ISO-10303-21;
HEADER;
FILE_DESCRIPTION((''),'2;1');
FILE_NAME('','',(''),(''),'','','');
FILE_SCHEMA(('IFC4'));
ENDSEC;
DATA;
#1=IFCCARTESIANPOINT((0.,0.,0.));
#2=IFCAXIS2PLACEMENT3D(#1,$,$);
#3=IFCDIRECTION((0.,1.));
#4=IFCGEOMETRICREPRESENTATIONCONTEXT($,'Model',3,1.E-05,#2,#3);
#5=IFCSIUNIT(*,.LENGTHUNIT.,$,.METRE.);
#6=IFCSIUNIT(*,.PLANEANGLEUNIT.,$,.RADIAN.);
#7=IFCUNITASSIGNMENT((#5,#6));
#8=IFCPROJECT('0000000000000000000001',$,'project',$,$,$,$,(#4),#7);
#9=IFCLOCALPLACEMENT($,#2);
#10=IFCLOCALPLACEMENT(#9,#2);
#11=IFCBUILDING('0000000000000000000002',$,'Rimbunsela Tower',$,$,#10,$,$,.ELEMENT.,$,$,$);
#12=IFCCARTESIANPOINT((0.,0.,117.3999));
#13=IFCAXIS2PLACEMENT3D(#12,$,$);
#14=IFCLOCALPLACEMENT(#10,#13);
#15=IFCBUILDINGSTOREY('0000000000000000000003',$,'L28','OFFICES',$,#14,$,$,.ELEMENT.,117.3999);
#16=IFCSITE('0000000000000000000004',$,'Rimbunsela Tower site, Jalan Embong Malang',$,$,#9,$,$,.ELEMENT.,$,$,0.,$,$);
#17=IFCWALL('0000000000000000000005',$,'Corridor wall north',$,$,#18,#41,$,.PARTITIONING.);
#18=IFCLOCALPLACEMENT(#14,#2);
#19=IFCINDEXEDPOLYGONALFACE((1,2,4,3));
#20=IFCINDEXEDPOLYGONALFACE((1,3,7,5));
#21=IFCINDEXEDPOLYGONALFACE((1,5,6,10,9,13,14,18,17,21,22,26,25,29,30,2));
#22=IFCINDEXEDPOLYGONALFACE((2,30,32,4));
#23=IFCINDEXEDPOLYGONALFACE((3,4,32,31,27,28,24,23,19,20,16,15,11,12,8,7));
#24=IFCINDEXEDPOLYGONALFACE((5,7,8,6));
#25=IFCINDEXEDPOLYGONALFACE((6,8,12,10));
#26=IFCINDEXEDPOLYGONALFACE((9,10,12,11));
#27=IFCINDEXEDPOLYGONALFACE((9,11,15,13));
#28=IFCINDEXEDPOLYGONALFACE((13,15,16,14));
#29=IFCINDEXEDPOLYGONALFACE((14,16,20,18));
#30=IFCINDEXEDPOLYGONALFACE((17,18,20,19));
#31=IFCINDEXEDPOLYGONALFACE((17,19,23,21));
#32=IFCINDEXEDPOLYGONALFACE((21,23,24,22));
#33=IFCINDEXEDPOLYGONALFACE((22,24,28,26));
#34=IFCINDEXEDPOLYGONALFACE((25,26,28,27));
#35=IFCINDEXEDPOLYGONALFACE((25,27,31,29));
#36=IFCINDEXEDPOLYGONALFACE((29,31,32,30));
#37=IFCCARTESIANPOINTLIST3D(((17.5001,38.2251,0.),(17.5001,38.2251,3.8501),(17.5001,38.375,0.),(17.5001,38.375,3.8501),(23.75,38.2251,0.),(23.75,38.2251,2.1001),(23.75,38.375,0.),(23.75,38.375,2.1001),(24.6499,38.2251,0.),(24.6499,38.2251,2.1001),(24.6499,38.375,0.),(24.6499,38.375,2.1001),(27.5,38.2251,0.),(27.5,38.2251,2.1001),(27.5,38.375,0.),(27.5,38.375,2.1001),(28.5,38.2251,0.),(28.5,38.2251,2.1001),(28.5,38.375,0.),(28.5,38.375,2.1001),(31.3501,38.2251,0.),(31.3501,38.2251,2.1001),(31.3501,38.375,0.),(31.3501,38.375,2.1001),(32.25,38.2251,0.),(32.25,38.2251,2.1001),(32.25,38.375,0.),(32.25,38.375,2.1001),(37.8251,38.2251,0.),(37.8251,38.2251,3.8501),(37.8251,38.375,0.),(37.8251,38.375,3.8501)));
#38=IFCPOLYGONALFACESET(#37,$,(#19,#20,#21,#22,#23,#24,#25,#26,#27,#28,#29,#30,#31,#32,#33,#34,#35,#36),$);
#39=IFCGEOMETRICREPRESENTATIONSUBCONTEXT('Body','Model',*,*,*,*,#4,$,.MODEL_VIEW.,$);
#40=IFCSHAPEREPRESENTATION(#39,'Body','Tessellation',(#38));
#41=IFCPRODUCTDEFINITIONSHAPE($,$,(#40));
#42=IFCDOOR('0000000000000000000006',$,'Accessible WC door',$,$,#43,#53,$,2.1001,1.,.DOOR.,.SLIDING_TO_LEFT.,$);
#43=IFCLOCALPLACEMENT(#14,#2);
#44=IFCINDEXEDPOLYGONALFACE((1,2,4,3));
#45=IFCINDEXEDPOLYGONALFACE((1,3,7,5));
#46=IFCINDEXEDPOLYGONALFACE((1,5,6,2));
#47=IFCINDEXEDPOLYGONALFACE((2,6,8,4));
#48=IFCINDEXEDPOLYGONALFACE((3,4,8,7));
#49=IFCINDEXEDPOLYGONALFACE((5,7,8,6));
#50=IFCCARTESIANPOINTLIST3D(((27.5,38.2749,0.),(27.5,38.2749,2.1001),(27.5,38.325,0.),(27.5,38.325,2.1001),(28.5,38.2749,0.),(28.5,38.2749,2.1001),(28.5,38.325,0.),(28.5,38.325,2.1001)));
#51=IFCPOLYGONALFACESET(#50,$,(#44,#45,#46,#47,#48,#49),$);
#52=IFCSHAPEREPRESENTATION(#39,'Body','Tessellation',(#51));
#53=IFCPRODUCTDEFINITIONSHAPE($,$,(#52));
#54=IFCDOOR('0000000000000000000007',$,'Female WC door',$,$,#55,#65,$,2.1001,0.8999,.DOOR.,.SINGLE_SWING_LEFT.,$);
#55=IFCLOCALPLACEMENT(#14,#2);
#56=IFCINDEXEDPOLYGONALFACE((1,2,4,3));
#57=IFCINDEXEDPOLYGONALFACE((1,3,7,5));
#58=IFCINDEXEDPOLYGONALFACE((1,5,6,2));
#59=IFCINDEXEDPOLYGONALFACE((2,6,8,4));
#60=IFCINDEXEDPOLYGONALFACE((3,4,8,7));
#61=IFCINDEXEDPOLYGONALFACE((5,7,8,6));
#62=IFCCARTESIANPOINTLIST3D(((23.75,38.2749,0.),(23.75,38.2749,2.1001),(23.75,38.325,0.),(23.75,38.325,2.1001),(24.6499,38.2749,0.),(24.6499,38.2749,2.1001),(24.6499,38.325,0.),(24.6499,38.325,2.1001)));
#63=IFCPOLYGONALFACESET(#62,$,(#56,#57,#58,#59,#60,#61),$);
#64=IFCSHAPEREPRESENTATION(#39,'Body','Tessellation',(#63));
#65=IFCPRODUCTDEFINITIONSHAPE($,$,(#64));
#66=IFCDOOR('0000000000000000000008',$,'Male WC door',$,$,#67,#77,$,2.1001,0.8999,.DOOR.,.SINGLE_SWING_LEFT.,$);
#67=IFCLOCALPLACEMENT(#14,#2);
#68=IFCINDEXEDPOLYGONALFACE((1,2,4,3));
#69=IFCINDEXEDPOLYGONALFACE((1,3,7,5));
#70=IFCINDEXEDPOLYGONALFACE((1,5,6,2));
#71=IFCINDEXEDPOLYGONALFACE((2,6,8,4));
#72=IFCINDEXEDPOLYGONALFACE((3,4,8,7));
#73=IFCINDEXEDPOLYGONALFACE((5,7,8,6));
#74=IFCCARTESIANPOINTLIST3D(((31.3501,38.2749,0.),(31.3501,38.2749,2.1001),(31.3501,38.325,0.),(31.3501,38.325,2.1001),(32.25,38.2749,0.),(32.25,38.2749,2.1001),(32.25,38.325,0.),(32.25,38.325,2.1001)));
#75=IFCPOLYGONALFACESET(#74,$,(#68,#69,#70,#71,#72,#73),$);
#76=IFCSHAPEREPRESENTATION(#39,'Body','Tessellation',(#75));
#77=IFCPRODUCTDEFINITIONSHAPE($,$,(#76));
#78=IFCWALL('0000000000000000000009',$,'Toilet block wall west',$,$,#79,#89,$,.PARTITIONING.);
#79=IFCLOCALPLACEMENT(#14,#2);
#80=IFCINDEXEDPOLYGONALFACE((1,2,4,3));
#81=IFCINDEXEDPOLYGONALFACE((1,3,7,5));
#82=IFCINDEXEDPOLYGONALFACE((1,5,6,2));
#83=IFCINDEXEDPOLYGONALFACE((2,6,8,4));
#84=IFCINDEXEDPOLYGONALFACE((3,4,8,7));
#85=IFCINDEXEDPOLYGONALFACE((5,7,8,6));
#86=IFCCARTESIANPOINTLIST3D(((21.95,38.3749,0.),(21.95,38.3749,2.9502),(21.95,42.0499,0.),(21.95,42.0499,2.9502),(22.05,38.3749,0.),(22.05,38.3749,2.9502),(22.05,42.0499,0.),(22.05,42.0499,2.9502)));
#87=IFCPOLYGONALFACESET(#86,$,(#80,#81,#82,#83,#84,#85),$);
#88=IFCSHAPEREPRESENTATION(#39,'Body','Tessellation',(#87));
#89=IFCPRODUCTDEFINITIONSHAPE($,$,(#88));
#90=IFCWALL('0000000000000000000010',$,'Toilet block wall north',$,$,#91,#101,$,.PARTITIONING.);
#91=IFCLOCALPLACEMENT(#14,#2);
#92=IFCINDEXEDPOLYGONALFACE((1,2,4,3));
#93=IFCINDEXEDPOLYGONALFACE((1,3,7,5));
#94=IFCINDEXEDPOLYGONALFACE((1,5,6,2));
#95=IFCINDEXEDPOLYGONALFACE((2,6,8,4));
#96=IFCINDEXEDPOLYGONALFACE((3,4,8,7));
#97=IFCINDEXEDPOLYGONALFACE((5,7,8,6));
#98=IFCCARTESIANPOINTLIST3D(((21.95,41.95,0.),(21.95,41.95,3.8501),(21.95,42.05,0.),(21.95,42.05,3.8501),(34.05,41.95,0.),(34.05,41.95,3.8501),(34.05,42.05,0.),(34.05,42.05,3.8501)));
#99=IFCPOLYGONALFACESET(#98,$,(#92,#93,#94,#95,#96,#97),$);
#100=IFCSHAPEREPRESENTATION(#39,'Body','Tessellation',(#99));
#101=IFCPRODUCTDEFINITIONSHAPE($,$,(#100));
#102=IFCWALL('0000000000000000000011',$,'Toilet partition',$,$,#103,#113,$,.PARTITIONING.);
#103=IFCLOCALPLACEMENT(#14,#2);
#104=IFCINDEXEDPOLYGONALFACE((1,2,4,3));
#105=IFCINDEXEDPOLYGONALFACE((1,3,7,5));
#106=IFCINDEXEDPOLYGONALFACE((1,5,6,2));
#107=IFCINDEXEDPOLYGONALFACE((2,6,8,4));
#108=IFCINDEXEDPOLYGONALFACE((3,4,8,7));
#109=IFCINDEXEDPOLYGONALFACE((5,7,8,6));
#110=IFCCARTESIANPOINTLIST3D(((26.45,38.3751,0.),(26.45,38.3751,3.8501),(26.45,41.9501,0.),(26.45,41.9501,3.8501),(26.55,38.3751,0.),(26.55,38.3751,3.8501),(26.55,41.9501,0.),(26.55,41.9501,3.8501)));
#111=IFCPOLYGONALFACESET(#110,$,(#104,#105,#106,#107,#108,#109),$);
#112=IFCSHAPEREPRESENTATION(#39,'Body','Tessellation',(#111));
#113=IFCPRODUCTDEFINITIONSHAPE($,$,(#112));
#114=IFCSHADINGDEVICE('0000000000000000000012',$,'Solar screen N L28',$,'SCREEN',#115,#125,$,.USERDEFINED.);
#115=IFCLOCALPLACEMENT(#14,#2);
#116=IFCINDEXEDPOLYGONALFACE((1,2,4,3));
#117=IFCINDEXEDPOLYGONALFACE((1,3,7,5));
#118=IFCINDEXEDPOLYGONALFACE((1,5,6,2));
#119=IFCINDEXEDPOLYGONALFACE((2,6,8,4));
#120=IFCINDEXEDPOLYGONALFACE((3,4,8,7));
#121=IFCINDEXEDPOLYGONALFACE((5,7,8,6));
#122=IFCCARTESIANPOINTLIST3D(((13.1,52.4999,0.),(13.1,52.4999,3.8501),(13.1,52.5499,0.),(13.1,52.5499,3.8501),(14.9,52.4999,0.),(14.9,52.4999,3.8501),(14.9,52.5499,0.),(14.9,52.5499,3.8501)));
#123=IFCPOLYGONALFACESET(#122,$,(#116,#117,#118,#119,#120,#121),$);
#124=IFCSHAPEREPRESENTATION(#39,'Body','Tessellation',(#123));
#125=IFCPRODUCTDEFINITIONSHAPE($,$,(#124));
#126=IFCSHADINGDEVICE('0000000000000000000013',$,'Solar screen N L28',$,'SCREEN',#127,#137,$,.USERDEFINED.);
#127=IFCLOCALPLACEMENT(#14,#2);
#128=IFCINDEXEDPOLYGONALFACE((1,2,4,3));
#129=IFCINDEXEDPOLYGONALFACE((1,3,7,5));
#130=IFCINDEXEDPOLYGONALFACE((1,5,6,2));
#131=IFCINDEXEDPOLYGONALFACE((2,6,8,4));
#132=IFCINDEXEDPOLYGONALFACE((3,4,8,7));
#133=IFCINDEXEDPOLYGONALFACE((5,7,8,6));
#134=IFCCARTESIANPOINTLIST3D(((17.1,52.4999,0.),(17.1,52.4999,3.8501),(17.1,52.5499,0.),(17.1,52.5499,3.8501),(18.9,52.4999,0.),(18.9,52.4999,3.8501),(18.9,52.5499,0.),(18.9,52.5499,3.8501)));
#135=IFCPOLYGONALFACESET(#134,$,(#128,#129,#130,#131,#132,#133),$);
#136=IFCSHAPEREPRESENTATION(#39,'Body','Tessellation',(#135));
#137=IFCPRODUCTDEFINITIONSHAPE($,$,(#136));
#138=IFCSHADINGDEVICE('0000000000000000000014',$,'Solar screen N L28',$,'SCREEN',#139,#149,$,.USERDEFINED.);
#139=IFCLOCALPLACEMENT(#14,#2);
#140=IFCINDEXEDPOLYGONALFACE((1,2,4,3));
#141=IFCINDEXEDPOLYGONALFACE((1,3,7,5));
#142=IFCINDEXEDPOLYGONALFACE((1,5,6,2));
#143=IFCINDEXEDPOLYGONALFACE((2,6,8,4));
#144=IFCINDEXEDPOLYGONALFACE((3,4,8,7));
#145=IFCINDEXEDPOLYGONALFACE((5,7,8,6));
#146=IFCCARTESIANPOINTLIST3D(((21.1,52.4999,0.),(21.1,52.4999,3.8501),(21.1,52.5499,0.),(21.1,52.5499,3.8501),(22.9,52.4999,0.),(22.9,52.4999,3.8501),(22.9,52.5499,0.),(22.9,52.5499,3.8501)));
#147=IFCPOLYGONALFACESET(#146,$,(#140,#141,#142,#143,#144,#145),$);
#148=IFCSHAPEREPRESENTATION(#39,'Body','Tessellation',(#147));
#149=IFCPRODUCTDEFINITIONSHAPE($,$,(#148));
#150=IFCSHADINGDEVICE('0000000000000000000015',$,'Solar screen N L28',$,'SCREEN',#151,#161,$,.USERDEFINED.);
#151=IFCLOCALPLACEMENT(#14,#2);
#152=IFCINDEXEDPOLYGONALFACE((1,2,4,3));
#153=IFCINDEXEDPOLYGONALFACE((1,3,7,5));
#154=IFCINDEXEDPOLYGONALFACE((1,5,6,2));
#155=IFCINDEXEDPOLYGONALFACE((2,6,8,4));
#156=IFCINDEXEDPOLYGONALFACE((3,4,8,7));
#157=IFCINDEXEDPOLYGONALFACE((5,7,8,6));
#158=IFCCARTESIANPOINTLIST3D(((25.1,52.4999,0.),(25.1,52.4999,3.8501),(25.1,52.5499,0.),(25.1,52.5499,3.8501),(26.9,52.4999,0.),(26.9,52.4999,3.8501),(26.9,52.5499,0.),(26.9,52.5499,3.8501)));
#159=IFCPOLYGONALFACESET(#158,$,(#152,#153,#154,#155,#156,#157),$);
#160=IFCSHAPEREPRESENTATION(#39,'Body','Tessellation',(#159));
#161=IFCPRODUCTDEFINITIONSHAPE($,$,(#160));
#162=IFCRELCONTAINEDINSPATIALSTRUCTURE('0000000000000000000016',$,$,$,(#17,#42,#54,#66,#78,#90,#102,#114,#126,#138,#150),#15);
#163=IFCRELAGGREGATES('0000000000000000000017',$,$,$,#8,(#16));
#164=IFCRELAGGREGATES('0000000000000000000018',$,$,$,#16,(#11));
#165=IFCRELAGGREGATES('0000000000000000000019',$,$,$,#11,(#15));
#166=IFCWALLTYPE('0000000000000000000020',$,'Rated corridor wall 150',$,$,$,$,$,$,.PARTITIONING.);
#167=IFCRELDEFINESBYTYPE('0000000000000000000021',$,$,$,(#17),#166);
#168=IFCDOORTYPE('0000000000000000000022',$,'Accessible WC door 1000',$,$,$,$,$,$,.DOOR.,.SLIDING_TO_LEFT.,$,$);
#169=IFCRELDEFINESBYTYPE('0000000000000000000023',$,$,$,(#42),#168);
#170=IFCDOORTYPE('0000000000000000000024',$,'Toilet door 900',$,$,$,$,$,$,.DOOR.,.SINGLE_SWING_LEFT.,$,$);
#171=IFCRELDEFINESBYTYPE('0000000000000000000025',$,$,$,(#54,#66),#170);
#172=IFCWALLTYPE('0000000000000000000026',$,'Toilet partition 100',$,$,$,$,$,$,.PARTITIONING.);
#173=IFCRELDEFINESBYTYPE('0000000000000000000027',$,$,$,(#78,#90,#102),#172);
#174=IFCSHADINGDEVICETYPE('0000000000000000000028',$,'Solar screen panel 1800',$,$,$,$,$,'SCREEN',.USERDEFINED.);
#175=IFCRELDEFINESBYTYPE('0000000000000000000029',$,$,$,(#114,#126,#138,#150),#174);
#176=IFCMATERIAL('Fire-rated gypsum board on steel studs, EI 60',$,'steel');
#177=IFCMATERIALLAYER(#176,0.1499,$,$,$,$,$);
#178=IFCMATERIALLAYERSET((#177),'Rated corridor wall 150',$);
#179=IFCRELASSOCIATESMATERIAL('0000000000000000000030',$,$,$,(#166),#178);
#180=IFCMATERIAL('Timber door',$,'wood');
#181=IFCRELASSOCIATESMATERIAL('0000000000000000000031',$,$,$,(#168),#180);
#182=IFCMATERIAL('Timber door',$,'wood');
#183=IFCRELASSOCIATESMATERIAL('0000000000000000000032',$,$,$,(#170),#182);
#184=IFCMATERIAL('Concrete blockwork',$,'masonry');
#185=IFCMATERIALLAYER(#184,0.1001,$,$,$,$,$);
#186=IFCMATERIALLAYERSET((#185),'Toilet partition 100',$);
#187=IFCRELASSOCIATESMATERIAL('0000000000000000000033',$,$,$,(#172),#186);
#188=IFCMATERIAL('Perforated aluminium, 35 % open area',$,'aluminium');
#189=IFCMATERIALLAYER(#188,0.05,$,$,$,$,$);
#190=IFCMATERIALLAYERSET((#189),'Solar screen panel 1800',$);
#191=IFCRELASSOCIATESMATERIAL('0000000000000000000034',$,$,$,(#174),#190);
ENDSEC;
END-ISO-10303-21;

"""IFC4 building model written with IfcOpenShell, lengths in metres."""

from ifc_helpers import new_model, si_unit, direction, frame, frame_2d, origin, origin_2d, place, context, subcontext, project, spatial, rectangle, extrude, material, layer, layer_set, type_object, element, fill, save


model = new_model("IFC4")

# Units and contexts
model_context = context("Model", 3, precision=1e-05, world=origin(), true_north=direction((0.0, 1.0)))
body_context = subcontext(model_context, "Body", "Model", "MODEL_VIEW")
ifc_project = project(units=[si_unit("LENGTHUNIT", "METRE"), si_unit("PLANEANGLEUNIT", "RADIAN")], contexts=[model_context])

# Site, building, storey
site_placement = place(None, origin())
site = spatial("IfcSite", under=ifc_project, at=site_placement, Name="Rimbunsela Tower site, Jalan Embong Malang", CompositionType="ELEMENT", RefElevation=0.0)
building_placement = place(site_placement, origin())
building = spatial("IfcBuilding", under=site, at=building_placement, Name="Rimbunsela Tower", CompositionType="ELEMENT")
storey_placement = place(building_placement, frame((0.0, 0.0, 117.3999)))
storey = spatial("IfcBuildingStorey", under=building, at=storey_placement, Name="L28", Description="OFFICES", CompositionType="ELEMENT", Elevation=117.3999)

# Wall, openings, doors
ifc_material_1 = material(Name="Fire-rated gypsum board on steel studs, EI 60", Category="steel")
ifc_layer_1 = layer(ifc_material_1, 0.1499)
ifc_layer_set_1 = layer_set([ifc_layer_1], Name="Rated corridor wall 150")
wall_type_1 = type_object("IfcWallType", Name="Rated corridor wall 150", PredefinedType="PARTITIONING", material=ifc_layer_set_1)
wall_1_placement = place(storey_placement, frame((17.5, 38.3, 0.0), z_axis=(0.0, 0.0, 1.0), x_axis=(1.0, 0.0, 0.0)))
wall_1 = element("IfcWall", 1, at=wall_1_placement, inside=storey, type_object=wall_type_1, Name="Corridor wall north", PredefinedType="PARTITIONING", context=body_context, shape_type="SweptSolid", body=[
    extrude(rectangle(XDim=20.325, YDim=0.1499, at=frame_2d((10.1626, 0.0))), origin(), (0.0, 0.0, 1.0), 3.8501),
])
opening_1_placement = place(wall_1_placement, frame((6.25, 0.0, 0.0)))
opening_1 = element("IfcOpeningElement", 2, at=opening_1_placement, cuts=wall_1, PredefinedType="OPENING", context=body_context, shape_type="SweptSolid", body=[
    extrude(rectangle(XDim=0.8999, YDim=2.1001, at=frame_2d((0.45, 1.05))), frame((0.0, 0.085, 0.0), z_axis=(0.0, -1.0, 0.0), x_axis=(1.0, 0.0, 0.0)), (0.0, 0.0, 1.0), 0.1699),
])
opening_2_placement = place(wall_1_placement, frame((10.0, 0.0, 0.0)))
opening_2 = element("IfcOpeningElement", 3, at=opening_2_placement, cuts=wall_1, PredefinedType="OPENING", context=body_context, shape_type="SweptSolid", body=[
    extrude(rectangle(XDim=1.0, YDim=2.1001, at=frame_2d((0.5, 1.05))), frame((0.0, 0.085, 0.0), z_axis=(0.0, -1.0, 0.0), x_axis=(1.0, 0.0, 0.0)), (0.0, 0.0, 1.0), 0.1699),
])
opening_3_placement = place(wall_1_placement, frame((13.8501, 0.0, 0.0)))
opening_3 = element("IfcOpeningElement", 4, at=opening_3_placement, cuts=wall_1, PredefinedType="OPENING", context=body_context, shape_type="SweptSolid", body=[
    extrude(rectangle(XDim=0.8999, YDim=2.1001, at=frame_2d((0.45, 1.05))), frame((0.0, 0.085, 0.0), z_axis=(0.0, -1.0, 0.0), x_axis=(1.0, 0.0, 0.0)), (0.0, 0.0, 1.0), 0.1699),
])
ifc_material_2 = material(Name="Timber door", Category="wood")
door_type_1 = type_object("IfcDoorType", Name="Accessible WC door 1000", OperationType="SLIDING_TO_LEFT", PredefinedType="DOOR", material=ifc_material_2)
door_1_placement = place(opening_2_placement, origin())
door_1 = element("IfcDoor", 5, at=door_1_placement, inside=storey, type_object=door_type_1, Name="Accessible WC door", OperationType="SLIDING_TO_LEFT", OverallHeight=2.1001, OverallWidth=1.0, PredefinedType="DOOR", context=body_context, shape_type="SweptSolid", body=[
    extrude(rectangle(XDim=1.0, YDim=2.1001, at=frame_2d((0.5, 1.05))), frame((0.0, 0.0249, 0.0), z_axis=(0.0, -1.0, 0.0), x_axis=(1.0, 0.0, 0.0)), (0.0, 0.0, 1.0), 0.05),
])
fill(opening_2, door_1)
ifc_material_3 = material(Name="Timber door", Category="wood")
door_type_2 = type_object("IfcDoorType", Name="Toilet door 900", OperationType="SINGLE_SWING_LEFT", PredefinedType="DOOR", material=ifc_material_3)
door_2_placement = place(opening_1_placement, origin())
door_2 = element("IfcDoor", 6, at=door_2_placement, inside=storey, type_object=door_type_2, Name="Female WC door", OperationType="SINGLE_SWING_LEFT", OverallHeight=2.1001, OverallWidth=0.8999, PredefinedType="DOOR", context=body_context, shape_type="SweptSolid", body=[
    extrude(rectangle(XDim=0.8999, YDim=2.1001, at=frame_2d((0.45, 1.05))), frame((0.0, 0.0249, 0.0), z_axis=(0.0, -1.0, 0.0), x_axis=(1.0, 0.0, 0.0)), (0.0, 0.0, 1.0), 0.05),
])
fill(opening_1, door_2)
door_3_placement = place(opening_3_placement, origin())
door_3 = element("IfcDoor", 7, at=door_3_placement, inside=storey, type_object=door_type_2, Name="Male WC door", OperationType="SINGLE_SWING_LEFT", OverallHeight=2.1001, OverallWidth=0.8999, PredefinedType="DOOR", context=body_context, shape_type="SweptSolid", body=[
    extrude(rectangle(XDim=0.8999, YDim=2.1001, at=frame_2d((0.45, 1.05))), frame((0.0, 0.0249, 0.0), z_axis=(0.0, -1.0, 0.0), x_axis=(1.0, 0.0, 0.0)), (0.0, 0.0, 1.0), 0.05),
])
fill(opening_3, door_3)

# Walls
ifc_material_4 = material(Name="Concrete blockwork", Category="masonry")
ifc_layer_2 = layer(ifc_material_4, 0.1001)
ifc_layer_set_2 = layer_set([ifc_layer_2], Name="Toilet partition 100")
wall_type_2 = type_object("IfcWallType", Name="Toilet partition 100", PredefinedType="PARTITIONING", material=ifc_layer_set_2)
wall_2_placement = place(storey_placement, frame((22.0, 38.375, 0.0), z_axis=(0.0, 0.0, 1.0), x_axis=(0.0, 1.0, 0.0)))
element("IfcWall", 8, at=wall_2_placement, inside=storey, type_object=wall_type_2, Name="Toilet block wall west", PredefinedType="PARTITIONING", context=body_context, shape_type="SweptSolid", body=[
    extrude(rectangle(XDim=3.675, YDim=0.1001, at=frame_2d((1.8374, 0.0))), origin(), (0.0, 0.0, 1.0), 2.9502),
])
wall_3_placement = place(storey_placement, frame((21.95, 42.0, 0.0), z_axis=(0.0, 0.0, 1.0), x_axis=(1.0, 0.0, 0.0)))
element("IfcWall", 9, at=wall_3_placement, inside=storey, type_object=wall_type_2, Name="Toilet block wall north", PredefinedType="PARTITIONING", context=body_context, shape_type="SweptSolid", body=[
    extrude(rectangle(XDim=12.1001, YDim=0.1001, at=frame_2d((6.05, 0.0))), origin(), (0.0, 0.0, 1.0), 3.8501),
])
wall_4_placement = place(storey_placement, frame((26.5, 38.375, 0.0), z_axis=(0.0, 0.0, 1.0), x_axis=(0.0, 1.0, 0.0)))
element("IfcWall", 10, at=wall_4_placement, inside=storey, type_object=wall_type_2, Name="Toilet partition", PredefinedType="PARTITIONING", context=body_context, shape_type="SweptSolid", body=[
    extrude(rectangle(XDim=3.575, YDim=0.1001, at=frame_2d((1.7876, 0.0))), origin(), (0.0, 0.0, 1.0), 3.8501),
])

# Shading devices
ifc_material_5 = material(Name="Perforated aluminium, 35 % open area", Category="aluminium")
ifc_layer_3 = layer(ifc_material_5, 0.05)
ifc_layer_set_3 = layer_set([ifc_layer_3], Name="Solar screen panel 1800")
shading_device_type = type_object("IfcShadingDeviceType", Name="Solar screen panel 1800", ElementType="SCREEN", PredefinedType="USERDEFINED", material=ifc_layer_set_3)
for number, where, z_axis, x_axis, name in (
    (11, (14.0, 52.5249, 0.0), (0.0, 0.0, 1.0), (1.0, 0.0, 0.0), "Solar screen N L28"),
    (12, (18.0, 52.5249, 0.0), (0.0, 0.0, 1.0), (1.0, 0.0, 0.0), "Solar screen N L28"),
    (13, (22.0, 52.5249, 0.0), (0.0, 0.0, 1.0), (1.0, 0.0, 0.0), "Solar screen N L28"),
    (14, (26.0, 52.5249, 0.0), (0.0, 0.0, 1.0), (1.0, 0.0, 0.0), "Solar screen N L28"),
):
    element("IfcShadingDevice", number, at=place(storey_placement, frame(where, z_axis=z_axis, x_axis=x_axis)), inside=storey, type_object=shading_device_type, Name=name, ObjectType="SCREEN", PredefinedType="USERDEFINED", context=body_context, shape_type="SweptSolid", body=[
        extrude(rectangle(XDim=1.8, YDim=0.05, at=origin_2d()), origin(), (0.0, 0.0, 1.0), 3.8501),
    ])

save(model, "model.ifc")
